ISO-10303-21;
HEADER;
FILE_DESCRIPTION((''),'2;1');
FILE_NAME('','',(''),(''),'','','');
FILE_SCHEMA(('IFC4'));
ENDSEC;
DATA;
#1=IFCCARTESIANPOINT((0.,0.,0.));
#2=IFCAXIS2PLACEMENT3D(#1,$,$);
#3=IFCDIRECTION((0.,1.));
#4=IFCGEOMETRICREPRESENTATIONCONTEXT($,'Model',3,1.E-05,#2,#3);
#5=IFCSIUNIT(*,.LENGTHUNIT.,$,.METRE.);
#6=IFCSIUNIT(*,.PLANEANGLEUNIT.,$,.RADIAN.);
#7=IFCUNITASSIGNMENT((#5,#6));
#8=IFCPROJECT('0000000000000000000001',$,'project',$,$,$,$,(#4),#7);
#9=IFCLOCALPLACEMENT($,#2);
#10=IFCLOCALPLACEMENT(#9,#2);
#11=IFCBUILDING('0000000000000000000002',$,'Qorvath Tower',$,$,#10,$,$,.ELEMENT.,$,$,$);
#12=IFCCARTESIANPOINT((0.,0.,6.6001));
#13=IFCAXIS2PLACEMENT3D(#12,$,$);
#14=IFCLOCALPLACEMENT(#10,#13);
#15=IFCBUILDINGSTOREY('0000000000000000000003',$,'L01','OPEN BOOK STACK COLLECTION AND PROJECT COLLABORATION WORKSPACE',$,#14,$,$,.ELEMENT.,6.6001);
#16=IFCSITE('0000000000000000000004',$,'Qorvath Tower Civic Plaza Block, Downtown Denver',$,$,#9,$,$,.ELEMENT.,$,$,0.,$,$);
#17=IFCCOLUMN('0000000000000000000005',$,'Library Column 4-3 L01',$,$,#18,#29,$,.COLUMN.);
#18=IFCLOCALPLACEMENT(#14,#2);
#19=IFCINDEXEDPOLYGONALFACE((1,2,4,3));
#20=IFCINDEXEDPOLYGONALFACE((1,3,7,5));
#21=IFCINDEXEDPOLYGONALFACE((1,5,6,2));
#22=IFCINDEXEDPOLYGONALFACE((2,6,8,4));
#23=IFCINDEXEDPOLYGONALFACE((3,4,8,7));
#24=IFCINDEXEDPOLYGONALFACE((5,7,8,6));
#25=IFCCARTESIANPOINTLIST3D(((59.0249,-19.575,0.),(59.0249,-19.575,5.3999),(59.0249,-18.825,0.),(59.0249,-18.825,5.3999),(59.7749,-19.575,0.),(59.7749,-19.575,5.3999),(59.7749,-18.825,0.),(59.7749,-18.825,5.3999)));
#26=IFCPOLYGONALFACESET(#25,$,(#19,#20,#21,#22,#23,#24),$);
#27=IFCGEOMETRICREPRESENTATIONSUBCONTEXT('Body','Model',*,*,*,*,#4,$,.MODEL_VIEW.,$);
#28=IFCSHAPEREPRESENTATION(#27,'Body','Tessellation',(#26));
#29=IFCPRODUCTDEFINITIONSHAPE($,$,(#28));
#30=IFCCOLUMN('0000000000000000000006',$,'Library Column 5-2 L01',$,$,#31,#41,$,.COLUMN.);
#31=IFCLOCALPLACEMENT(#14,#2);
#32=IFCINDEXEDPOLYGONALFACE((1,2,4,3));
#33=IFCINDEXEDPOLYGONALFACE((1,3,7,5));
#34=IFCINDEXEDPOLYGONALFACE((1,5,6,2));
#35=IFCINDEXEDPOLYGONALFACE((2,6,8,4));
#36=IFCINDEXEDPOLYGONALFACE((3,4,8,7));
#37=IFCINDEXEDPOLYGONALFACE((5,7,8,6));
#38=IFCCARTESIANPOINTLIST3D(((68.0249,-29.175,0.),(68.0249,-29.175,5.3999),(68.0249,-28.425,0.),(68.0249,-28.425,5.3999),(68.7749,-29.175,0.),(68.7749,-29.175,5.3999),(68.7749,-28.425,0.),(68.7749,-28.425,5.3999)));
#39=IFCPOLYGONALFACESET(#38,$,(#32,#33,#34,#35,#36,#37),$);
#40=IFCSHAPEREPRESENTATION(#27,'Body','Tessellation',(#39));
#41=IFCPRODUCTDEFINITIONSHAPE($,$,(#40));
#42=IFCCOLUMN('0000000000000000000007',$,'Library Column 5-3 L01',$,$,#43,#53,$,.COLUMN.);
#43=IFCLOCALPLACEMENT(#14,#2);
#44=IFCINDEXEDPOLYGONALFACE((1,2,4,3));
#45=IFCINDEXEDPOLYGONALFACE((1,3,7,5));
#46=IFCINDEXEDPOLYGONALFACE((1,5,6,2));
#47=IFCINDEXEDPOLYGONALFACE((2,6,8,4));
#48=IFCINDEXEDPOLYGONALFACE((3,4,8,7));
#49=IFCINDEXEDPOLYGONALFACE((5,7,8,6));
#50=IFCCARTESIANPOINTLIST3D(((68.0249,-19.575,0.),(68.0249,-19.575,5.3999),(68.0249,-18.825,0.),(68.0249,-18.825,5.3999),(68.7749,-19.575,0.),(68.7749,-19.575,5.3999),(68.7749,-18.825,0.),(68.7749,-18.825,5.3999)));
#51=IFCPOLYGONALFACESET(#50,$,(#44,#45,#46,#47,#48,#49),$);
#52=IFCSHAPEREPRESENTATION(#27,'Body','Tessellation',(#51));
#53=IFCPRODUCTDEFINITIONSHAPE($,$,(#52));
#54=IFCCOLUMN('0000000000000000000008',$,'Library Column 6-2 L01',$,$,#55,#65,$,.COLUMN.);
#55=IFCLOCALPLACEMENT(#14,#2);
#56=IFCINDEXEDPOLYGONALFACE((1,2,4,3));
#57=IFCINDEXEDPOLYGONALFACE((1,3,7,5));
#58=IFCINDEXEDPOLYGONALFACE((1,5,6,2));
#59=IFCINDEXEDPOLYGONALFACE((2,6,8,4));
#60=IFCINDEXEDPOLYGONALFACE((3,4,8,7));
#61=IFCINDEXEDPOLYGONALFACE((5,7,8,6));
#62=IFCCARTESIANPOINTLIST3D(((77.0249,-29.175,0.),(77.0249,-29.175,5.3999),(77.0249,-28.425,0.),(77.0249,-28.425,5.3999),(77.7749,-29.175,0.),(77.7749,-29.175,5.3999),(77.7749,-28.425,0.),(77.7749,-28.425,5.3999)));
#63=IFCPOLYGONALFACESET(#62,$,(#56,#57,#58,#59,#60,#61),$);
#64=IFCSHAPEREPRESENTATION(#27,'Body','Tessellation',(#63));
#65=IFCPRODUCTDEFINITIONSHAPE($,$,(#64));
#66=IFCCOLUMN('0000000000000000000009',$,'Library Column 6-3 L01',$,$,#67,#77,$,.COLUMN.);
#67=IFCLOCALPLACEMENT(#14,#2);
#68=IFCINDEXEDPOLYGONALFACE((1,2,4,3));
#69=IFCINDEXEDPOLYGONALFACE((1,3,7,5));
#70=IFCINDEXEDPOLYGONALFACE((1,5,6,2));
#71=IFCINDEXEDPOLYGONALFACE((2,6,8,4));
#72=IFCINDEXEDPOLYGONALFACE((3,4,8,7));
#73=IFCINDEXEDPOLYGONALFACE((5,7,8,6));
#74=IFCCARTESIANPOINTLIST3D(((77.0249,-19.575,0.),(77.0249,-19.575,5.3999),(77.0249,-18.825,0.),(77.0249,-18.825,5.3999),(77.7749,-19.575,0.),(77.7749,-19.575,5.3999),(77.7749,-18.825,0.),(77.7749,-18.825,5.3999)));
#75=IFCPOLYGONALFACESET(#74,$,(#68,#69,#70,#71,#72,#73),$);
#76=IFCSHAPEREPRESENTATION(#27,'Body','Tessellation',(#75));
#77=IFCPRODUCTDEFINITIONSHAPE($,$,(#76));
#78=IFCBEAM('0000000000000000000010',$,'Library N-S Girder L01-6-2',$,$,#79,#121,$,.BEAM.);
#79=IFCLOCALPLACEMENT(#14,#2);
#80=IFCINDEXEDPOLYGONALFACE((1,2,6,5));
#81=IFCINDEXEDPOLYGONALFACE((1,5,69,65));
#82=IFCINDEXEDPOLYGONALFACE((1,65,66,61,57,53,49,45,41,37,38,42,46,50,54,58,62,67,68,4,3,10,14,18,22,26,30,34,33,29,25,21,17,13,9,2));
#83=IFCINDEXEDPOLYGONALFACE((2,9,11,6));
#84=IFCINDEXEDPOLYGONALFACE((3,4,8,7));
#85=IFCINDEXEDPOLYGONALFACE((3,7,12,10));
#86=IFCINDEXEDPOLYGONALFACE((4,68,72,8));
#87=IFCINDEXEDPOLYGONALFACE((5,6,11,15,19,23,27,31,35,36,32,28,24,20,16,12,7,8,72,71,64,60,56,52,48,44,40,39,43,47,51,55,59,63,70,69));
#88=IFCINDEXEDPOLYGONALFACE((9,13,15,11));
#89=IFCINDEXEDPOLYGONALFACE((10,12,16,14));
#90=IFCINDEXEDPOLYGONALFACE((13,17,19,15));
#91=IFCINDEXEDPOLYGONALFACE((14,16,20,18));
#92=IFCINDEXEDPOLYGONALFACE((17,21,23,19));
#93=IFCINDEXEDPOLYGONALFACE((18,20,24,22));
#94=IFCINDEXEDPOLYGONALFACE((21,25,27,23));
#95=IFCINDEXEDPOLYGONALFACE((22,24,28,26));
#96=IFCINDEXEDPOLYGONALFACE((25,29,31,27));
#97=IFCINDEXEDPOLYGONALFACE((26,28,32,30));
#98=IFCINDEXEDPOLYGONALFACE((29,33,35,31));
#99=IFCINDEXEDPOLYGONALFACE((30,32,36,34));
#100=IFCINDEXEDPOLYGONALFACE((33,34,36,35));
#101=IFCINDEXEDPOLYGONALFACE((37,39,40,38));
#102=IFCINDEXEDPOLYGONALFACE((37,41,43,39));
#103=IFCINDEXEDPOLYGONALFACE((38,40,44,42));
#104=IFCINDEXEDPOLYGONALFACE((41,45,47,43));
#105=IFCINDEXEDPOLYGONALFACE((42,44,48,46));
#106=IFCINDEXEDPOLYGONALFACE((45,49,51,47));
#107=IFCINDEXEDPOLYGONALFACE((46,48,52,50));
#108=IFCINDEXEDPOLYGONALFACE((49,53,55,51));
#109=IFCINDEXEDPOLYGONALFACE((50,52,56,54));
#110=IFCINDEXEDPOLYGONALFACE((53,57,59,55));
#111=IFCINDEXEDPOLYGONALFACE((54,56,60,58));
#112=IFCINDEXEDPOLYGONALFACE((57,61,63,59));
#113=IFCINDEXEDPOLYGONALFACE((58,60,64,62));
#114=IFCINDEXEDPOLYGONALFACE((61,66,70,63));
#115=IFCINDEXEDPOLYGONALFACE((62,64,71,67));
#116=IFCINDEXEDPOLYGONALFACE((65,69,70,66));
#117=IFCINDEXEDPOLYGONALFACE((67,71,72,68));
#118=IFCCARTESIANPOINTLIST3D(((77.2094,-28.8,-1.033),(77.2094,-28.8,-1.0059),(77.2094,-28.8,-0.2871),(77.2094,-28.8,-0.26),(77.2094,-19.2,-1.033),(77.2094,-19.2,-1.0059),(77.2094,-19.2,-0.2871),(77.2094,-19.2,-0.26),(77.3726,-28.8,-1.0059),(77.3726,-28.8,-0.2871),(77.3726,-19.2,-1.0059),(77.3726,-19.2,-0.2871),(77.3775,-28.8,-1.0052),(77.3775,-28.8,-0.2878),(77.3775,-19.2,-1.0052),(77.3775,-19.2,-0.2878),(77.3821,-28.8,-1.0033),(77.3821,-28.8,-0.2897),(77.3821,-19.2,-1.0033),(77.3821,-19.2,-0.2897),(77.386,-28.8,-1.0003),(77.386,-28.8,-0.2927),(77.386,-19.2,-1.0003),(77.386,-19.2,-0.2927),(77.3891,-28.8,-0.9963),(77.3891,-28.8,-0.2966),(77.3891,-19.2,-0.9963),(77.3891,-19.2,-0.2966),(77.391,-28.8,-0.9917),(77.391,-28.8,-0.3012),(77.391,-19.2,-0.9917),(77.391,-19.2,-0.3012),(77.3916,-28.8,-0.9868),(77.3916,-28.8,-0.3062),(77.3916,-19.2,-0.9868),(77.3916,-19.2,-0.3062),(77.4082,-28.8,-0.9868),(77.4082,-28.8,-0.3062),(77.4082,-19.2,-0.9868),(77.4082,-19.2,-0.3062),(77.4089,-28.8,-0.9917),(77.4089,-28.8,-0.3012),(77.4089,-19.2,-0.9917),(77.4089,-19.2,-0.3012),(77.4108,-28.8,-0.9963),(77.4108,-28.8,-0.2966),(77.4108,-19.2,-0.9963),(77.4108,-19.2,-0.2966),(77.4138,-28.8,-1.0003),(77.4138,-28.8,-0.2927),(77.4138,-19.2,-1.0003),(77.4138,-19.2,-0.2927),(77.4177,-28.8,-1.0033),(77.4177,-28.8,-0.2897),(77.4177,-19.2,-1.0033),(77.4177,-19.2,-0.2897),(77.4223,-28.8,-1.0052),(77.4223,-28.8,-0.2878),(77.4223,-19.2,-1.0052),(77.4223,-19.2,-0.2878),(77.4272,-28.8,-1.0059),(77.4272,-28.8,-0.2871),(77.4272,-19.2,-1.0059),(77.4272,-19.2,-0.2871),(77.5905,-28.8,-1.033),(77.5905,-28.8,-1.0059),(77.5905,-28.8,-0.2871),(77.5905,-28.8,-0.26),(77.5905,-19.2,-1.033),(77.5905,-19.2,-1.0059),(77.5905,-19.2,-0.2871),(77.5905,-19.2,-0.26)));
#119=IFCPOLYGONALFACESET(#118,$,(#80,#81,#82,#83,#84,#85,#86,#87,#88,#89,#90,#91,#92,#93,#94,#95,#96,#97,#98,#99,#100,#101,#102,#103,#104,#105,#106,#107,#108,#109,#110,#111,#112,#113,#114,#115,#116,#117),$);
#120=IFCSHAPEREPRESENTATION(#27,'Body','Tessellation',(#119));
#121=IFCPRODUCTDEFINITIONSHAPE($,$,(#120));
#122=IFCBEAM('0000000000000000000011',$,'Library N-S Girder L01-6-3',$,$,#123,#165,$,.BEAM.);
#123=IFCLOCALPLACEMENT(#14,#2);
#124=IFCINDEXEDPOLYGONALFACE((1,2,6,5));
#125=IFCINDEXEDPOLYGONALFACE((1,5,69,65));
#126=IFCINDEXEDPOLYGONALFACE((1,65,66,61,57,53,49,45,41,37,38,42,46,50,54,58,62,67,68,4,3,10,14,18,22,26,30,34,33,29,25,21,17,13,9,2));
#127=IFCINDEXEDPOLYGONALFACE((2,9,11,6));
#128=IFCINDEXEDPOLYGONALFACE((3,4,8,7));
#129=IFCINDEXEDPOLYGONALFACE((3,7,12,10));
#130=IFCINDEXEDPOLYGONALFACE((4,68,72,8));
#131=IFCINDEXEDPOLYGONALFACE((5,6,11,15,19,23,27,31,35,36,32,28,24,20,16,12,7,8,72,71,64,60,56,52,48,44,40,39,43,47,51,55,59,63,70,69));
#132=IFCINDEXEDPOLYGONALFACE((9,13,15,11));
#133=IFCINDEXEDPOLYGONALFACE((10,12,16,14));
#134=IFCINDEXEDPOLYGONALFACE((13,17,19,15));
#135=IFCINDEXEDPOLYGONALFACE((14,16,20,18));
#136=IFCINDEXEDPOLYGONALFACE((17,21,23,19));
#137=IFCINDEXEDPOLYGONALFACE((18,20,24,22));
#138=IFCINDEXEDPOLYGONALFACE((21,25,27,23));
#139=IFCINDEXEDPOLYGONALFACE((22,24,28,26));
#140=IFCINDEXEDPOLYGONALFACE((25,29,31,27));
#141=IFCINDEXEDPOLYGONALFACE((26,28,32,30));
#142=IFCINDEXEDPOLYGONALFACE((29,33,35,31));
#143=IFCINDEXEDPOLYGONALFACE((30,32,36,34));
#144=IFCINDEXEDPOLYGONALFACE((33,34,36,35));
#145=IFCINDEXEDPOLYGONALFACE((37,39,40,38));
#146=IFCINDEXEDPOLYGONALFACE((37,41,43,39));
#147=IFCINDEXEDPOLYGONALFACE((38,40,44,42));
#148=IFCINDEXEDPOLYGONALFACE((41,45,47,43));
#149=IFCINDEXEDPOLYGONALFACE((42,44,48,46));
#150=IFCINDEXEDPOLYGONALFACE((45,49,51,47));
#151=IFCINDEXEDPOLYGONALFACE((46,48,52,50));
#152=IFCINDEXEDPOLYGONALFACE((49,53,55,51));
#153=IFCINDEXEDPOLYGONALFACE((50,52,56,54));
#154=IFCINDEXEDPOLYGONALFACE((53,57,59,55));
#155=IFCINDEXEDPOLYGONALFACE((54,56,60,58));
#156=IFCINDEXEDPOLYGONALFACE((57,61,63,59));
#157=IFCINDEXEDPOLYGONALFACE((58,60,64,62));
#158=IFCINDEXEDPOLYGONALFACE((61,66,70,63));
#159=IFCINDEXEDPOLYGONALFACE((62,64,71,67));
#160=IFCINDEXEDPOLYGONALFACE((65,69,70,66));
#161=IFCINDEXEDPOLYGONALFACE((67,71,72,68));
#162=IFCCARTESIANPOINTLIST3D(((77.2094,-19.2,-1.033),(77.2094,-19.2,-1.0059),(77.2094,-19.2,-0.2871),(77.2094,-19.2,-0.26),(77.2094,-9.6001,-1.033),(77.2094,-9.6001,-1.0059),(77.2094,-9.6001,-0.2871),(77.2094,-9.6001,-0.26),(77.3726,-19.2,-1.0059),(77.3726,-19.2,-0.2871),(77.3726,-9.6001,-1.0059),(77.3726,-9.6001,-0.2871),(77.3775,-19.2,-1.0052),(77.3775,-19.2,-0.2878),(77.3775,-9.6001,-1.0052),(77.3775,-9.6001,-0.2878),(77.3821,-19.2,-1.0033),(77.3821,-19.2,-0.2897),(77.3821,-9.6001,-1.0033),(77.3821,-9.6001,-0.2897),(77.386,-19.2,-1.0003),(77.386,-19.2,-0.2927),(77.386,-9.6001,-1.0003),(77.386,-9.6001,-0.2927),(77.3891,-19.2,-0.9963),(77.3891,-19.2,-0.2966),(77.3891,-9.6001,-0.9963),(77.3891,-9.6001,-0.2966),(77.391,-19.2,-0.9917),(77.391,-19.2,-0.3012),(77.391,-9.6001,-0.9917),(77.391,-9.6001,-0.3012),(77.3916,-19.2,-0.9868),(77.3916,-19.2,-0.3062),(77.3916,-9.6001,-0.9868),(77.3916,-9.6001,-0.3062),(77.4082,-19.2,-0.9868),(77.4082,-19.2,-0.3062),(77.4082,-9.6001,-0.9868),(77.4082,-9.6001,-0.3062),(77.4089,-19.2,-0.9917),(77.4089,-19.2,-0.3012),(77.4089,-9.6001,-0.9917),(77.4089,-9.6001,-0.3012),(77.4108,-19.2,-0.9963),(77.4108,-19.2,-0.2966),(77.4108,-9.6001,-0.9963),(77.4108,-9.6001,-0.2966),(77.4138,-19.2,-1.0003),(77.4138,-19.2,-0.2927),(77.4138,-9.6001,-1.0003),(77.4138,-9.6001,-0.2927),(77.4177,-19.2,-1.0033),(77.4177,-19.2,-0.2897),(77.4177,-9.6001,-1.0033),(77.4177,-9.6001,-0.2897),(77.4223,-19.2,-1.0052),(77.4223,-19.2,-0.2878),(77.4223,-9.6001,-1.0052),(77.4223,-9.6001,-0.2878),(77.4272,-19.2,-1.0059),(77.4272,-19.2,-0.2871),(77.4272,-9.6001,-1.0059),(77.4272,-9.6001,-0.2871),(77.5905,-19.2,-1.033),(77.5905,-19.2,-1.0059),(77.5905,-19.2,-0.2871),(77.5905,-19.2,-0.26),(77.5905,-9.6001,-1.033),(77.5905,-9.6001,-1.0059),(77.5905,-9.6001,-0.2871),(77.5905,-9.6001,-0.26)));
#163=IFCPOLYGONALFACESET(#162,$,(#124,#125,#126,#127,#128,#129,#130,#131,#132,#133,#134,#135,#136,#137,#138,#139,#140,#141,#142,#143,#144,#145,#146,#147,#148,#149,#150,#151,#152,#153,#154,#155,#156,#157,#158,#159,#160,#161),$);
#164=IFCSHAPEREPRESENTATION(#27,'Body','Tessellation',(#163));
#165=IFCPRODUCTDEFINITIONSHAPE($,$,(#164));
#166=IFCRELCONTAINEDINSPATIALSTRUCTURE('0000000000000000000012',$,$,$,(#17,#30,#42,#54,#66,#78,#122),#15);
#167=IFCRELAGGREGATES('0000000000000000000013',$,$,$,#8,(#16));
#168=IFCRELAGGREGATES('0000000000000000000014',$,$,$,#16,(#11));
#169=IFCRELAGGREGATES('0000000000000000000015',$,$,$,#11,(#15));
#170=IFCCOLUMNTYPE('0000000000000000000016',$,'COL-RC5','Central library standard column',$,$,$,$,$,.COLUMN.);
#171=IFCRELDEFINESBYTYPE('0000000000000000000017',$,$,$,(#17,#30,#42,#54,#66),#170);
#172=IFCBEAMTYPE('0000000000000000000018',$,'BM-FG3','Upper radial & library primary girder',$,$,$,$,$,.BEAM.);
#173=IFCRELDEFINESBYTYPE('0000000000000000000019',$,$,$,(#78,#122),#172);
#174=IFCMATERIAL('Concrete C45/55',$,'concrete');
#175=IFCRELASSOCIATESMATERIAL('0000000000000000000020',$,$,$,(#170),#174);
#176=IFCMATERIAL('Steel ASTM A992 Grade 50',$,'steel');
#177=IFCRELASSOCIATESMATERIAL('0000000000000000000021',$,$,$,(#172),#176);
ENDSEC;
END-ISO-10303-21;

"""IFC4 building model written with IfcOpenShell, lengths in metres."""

from ifc_helpers import new_model, si_unit, direction, frame, origin, origin_2d, place, context, subcontext, project, spatial, rectangle, i_section, extrude, material, material_profile, profile_set, type_object, element, save


model = new_model("IFC4")

# Units and contexts
model_context = context("Model", 3, precision=1e-05, world=origin(), true_north=direction((0.0, 1.0)))
body_context = subcontext(model_context, "Body", "Model", "MODEL_VIEW")
ifc_project = project(units=[si_unit("LENGTHUNIT", "METRE"), si_unit("PLANEANGLEUNIT", "RADIAN")], contexts=[model_context])

# Site, building, storey
site_placement = place(None, origin())
site = spatial("IfcSite", under=ifc_project, at=site_placement, Name="Qorvath Tower Civic Plaza Block, Downtown Denver", CompositionType="ELEMENT", RefElevation=0.0)
building_placement = place(site_placement, origin())
building = spatial("IfcBuilding", under=site, at=building_placement, Name="Qorvath Tower", CompositionType="ELEMENT")
storey_placement = place(building_placement, frame((0.0, 0.0, 6.6001)))
storey = spatial("IfcBuildingStorey", under=building, at=storey_placement, Name="L01", Description="OPEN BOOK STACK COLLECTION AND PROJECT COLLABORATION WORKSPACE", CompositionType="ELEMENT", Elevation=6.6001)

# Columns
ifc_material_1 = material(Name="Concrete C45/55", Category="concrete")
ifc_material_profile_1 = material_profile(ifc_material_1, rectangle(XDim=0.75, YDim=0.75, at=origin_2d()), Name="RC 750x750")
ifc_profile_set_1 = profile_set([ifc_material_profile_1], Name="Concrete C45/55")
column_type = type_object("IfcColumnType", Name="COL-RC5", Description="Central library standard column", PredefinedType="COLUMN", material=ifc_profile_set_1)
for number, where, z_axis, x_axis, name in (
    (1, (59.3999, -19.2, 0.0), (0.0, 0.0, 1.0), (1.0, 0.0, 0.0), "Library Column 4-3 L01"),
    (2, (68.3999, -28.8, 0.0), (0.0, 0.0, 1.0), (1.0, 0.0, 0.0), "Library Column 5-2 L01"),
    (3, (68.3999, -19.2, 0.0), (0.0, 0.0, 1.0), (1.0, 0.0, 0.0), "Library Column 5-3 L01"),
    (4, (77.3999, -28.8, 0.0), (0.0, 0.0, 1.0), (1.0, 0.0, 0.0), "Library Column 6-2 L01"),
    (5, (77.3999, -19.2, 0.0), (0.0, 0.0, 1.0), (1.0, 0.0, 0.0), "Library Column 6-3 L01"),
):
    element("IfcColumn", number, at=place(storey_placement, frame(where, z_axis=z_axis, x_axis=x_axis)), inside=storey, type_object=column_type, Name=name, PredefinedType="COLUMN", context=body_context, shape_type="SweptSolid", body=[
        extrude(rectangle(XDim=0.75, YDim=0.75, at=origin_2d()), origin(), (0.0, 0.0, 1.0), 5.3999),
    ])

# Beams
ifc_material_2 = material(Name="Steel ASTM A992 Grade 50", Category="steel")
ifc_material_profile_2 = material_profile(ifc_material_2, i_section(OverallWidth=0.3811, OverallDepth=0.7729, WebThickness=0.0166, FlangeThickness=0.0271, FilletRadius=0.019, at=origin_2d()), Name="W30x173")
ifc_profile_set_2 = profile_set([ifc_material_profile_2], Name="Steel ASTM A992 Grade 50")
beam_type_1 = type_object("IfcBeamType", Name="BM-FG3", Description="Upper radial & library primary girder", PredefinedType="BEAM", material=ifc_profile_set_2)
beam_1_placement = place(storey_placement, frame((77.3999, -28.8, -0.6465), z_axis=(0.0, 1.0, 0.0), x_axis=(-1.0, 0.0, 0.0)))
element("IfcBeam", 6, at=beam_1_placement, inside=storey, type_object=beam_type_1, Name="Library N-S Girder L01-6-2", PredefinedType="BEAM", context=body_context, shape_type="SweptSolid", body=[
    extrude(i_section(OverallWidth=0.3811, OverallDepth=0.7729, WebThickness=0.0166, FlangeThickness=0.0271, FilletRadius=0.019, at=origin_2d()), origin(), (0.0, 0.0, 1.0), 9.6001),
])
beam_2_placement = place(storey_placement, frame((77.3999, -19.2, -0.6465), z_axis=(0.0, 1.0, 0.0), x_axis=(-1.0, 0.0, 0.0)))
element("IfcBeam", 7, at=beam_2_placement, inside=storey, type_object=beam_type_1, Name="Library N-S Girder L01-6-3", PredefinedType="BEAM", context=body_context, shape_type="SweptSolid", body=[
    extrude(i_section(OverallWidth=0.3811, OverallDepth=0.7729, WebThickness=0.0166, FlangeThickness=0.0271, FilletRadius=0.019, at=origin_2d()), origin(), (0.0, 0.0, 1.0), 9.5999),
])

save(model, "model.ifc")
